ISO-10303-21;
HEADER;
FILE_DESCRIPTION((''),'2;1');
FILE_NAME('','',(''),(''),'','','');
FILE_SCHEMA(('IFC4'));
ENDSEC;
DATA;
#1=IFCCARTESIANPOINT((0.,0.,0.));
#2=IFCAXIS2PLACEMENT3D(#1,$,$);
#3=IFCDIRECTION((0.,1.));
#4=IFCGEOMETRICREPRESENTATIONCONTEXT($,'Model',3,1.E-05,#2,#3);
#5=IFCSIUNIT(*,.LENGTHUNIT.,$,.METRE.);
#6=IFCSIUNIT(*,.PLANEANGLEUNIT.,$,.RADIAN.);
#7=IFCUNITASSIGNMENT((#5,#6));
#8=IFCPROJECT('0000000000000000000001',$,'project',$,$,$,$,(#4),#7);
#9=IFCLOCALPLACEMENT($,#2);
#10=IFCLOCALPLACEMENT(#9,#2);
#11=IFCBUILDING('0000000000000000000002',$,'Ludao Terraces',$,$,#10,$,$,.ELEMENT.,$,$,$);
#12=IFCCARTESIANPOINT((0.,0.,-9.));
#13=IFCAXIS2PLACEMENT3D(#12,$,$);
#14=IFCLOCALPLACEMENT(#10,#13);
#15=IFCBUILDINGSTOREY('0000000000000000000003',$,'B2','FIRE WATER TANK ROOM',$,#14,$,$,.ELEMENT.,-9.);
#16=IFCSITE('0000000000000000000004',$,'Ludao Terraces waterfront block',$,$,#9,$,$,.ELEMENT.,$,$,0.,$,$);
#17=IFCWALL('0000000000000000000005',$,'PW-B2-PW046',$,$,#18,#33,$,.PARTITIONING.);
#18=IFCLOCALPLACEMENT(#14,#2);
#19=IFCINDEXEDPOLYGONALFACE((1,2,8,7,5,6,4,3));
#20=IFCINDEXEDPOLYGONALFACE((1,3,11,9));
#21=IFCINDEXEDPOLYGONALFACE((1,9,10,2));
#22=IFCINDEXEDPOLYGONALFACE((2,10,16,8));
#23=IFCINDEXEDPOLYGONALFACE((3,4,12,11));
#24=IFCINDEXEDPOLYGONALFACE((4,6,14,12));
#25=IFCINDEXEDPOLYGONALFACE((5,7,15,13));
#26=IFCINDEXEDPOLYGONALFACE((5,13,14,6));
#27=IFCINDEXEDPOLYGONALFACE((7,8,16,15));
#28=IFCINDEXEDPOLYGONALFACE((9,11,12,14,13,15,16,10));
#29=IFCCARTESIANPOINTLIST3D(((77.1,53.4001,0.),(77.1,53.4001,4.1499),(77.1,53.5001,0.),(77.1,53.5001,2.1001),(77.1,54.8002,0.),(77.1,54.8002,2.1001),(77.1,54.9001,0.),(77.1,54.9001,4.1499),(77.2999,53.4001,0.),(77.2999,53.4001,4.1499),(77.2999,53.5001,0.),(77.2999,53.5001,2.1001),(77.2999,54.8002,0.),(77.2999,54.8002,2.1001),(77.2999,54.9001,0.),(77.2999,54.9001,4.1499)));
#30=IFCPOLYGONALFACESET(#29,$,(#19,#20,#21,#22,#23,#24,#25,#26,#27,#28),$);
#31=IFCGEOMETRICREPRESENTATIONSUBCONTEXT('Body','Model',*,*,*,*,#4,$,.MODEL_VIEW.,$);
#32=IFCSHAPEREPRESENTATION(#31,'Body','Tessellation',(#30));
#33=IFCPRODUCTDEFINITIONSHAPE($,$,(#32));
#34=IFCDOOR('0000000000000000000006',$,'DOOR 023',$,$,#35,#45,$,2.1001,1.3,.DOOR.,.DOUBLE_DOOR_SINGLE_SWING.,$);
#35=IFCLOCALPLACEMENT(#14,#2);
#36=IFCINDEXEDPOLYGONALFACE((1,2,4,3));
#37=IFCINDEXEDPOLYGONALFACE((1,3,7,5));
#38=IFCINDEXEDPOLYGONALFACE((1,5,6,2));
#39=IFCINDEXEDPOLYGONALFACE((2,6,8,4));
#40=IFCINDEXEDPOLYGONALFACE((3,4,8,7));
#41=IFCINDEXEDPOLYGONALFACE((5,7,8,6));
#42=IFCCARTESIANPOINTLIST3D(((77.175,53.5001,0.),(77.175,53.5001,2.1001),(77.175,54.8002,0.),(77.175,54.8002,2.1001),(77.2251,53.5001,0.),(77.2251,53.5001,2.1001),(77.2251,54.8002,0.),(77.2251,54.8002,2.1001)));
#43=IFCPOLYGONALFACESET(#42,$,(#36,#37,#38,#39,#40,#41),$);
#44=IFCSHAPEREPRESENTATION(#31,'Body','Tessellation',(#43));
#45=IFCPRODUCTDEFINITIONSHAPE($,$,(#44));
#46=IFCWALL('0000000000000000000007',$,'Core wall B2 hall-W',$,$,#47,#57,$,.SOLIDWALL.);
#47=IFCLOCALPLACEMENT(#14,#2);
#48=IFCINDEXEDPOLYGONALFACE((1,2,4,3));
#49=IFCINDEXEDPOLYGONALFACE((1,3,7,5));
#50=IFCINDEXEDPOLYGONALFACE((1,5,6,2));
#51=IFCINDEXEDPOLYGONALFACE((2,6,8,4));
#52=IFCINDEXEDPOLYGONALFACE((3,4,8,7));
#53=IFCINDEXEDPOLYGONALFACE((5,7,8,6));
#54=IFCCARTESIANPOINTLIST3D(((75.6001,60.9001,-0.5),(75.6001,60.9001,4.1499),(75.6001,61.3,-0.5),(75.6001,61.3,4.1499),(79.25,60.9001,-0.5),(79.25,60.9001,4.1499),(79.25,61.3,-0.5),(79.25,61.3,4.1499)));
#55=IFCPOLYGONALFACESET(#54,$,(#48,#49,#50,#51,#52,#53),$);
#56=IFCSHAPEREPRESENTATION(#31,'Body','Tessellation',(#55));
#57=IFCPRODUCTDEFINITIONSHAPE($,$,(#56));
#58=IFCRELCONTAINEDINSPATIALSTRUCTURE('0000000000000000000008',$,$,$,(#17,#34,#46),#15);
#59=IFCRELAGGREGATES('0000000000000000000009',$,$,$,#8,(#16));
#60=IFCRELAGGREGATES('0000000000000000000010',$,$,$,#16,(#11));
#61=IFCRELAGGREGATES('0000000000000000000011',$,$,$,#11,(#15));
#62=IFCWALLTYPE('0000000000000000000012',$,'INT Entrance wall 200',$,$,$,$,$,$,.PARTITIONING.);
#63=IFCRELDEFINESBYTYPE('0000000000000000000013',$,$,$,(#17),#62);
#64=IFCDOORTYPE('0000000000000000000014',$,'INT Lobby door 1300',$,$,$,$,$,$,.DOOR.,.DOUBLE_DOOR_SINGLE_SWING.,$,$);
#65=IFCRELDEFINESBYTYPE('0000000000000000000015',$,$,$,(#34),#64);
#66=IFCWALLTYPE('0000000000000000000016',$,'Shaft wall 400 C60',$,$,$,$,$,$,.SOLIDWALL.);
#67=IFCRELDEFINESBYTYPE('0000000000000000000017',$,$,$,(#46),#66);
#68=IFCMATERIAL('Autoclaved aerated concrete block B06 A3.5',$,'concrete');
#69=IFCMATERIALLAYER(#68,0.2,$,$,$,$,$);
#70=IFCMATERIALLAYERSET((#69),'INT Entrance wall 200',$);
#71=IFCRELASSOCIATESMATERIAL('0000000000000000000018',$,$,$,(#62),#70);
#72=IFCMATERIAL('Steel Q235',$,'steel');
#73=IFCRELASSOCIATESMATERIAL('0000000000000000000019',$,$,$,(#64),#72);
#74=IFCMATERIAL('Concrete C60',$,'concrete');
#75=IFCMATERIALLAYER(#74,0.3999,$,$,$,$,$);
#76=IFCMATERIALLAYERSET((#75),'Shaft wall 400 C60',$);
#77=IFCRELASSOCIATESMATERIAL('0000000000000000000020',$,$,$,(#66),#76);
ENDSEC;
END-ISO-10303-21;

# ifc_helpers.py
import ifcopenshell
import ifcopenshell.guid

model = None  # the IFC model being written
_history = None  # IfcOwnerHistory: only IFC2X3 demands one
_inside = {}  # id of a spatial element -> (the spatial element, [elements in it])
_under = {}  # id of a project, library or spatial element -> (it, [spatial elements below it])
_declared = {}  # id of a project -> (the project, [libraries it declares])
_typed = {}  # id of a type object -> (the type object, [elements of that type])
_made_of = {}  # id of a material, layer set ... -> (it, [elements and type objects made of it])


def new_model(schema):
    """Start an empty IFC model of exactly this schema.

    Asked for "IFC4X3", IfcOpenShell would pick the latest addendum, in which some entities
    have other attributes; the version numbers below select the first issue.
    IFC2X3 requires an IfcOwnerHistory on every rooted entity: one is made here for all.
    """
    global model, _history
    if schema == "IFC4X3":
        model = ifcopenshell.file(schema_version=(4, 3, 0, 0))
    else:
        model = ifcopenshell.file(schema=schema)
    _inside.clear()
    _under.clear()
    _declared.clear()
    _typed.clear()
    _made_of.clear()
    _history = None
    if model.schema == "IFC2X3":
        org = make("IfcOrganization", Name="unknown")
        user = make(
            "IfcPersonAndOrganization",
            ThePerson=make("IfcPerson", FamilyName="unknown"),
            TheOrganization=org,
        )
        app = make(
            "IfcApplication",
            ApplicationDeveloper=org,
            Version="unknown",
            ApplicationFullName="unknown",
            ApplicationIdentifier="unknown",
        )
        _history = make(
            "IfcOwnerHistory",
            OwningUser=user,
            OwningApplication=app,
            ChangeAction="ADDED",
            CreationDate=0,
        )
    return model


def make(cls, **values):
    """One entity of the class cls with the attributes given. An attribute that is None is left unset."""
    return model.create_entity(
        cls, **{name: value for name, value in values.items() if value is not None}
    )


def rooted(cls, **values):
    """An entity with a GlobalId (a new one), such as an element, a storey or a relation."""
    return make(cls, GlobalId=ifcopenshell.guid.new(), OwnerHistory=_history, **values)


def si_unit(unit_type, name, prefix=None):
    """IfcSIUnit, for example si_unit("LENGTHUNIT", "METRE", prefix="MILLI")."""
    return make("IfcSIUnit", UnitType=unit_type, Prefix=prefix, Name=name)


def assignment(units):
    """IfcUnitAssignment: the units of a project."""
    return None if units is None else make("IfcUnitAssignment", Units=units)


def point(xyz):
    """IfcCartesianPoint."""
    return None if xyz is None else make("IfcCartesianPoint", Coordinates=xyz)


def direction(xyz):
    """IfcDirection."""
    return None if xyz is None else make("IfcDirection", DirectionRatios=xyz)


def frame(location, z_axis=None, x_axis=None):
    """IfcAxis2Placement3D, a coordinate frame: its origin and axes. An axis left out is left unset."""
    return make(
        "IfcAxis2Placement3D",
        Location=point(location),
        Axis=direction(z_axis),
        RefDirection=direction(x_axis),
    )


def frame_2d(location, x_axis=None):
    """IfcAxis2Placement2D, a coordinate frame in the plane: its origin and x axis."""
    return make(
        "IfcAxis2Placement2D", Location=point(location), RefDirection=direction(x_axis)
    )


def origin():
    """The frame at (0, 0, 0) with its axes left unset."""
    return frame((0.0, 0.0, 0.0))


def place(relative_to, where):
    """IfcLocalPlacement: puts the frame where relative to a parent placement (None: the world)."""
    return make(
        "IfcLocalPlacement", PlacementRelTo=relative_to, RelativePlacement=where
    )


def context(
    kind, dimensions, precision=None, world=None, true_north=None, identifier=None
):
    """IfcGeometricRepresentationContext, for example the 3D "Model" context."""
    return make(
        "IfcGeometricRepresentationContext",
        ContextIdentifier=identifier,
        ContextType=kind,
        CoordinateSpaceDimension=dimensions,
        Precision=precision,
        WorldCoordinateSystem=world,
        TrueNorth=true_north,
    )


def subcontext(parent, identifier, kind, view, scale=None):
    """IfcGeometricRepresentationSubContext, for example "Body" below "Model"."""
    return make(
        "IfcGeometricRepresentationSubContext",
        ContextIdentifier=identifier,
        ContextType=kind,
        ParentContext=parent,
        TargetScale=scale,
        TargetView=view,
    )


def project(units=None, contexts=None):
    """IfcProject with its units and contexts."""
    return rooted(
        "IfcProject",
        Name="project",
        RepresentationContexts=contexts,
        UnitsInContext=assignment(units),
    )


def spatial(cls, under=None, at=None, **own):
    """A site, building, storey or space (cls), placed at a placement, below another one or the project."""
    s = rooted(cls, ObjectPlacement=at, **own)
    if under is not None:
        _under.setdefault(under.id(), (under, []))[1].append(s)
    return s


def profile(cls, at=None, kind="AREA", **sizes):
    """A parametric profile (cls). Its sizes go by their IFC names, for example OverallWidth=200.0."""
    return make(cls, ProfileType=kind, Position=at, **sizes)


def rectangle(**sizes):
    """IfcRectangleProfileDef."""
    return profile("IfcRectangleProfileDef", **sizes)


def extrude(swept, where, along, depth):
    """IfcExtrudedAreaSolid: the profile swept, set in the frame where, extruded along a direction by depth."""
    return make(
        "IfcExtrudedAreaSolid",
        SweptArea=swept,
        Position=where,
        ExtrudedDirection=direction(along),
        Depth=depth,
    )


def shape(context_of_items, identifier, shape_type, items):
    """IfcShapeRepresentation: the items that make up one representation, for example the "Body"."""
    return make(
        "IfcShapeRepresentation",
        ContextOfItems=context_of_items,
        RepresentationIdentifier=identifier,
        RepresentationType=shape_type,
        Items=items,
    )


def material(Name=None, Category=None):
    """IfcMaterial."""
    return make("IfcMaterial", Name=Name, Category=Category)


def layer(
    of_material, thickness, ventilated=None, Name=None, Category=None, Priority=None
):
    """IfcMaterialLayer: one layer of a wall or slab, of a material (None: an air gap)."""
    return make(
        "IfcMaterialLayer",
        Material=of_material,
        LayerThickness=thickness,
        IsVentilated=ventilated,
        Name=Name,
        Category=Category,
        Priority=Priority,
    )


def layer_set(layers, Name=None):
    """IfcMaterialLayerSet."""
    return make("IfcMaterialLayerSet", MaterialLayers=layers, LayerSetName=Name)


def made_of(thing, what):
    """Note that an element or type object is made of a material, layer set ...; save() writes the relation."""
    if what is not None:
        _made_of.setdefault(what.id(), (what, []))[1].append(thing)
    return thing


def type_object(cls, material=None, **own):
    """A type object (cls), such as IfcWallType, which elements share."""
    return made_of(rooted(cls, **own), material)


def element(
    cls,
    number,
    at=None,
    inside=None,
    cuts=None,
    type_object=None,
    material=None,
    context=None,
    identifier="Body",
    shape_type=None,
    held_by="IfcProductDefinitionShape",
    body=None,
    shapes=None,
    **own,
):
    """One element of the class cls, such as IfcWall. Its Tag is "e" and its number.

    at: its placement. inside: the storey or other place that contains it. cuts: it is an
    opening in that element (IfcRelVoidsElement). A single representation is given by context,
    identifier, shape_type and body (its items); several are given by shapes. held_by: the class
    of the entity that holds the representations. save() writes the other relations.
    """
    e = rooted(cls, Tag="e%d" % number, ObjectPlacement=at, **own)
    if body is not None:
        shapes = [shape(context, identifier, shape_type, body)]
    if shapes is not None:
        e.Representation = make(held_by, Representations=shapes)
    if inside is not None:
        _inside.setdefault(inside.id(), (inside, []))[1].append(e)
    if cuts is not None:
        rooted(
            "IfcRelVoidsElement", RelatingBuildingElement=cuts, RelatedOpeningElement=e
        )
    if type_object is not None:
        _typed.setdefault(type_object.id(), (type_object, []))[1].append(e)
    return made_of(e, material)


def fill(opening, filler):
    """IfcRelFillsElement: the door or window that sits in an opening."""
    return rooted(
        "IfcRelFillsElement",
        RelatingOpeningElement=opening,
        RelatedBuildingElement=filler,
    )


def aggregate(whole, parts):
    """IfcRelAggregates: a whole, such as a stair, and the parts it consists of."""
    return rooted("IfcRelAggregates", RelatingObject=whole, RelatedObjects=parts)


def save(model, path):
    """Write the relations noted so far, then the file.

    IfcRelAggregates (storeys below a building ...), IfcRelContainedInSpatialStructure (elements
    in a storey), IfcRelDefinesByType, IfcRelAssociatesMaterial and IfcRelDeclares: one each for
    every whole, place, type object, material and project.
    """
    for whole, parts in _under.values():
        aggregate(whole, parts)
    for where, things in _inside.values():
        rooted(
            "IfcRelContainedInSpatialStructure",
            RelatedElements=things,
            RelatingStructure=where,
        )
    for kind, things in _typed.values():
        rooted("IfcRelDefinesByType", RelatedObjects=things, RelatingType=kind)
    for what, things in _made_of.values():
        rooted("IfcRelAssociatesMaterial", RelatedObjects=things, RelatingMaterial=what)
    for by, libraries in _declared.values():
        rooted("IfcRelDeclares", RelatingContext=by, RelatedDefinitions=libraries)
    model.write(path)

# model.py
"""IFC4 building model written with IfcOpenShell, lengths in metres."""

from ifc_helpers import new_model, si_unit, direction, frame, frame_2d, origin, place, context, subcontext, project, spatial, rectangle, extrude, material, layer, layer_set, type_object, element, fill, save


model = new_model("IFC4")

# Units and contexts
model_context = context("Model", 3, precision=1e-05, world=origin(), true_north=direction((0.0, 1.0)))
body_context = subcontext(model_context, "Body", "Model", "MODEL_VIEW")
ifc_project = project(units=[si_unit("LENGTHUNIT", "METRE"), si_unit("PLANEANGLEUNIT", "RADIAN")], contexts=[model_context])

# Site, building, storey
site_placement = place(None, origin())
site = spatial("IfcSite", under=ifc_project, at=site_placement, Name="Ludao Terraces waterfront block", CompositionType="ELEMENT", RefElevation=0.0)
building_placement = place(site_placement, origin())
building = spatial("IfcBuilding", under=site, at=building_placement, Name="Ludao Terraces", CompositionType="ELEMENT")
storey_placement = place(building_placement, frame((0.0, 0.0, -9.0)))
storey = spatial("IfcBuildingStorey", under=building, at=storey_placement, Name="B2", Description="FIRE WATER TANK ROOM", CompositionType="ELEMENT", Elevation=-9.0)

# Shared definitions
ifc_material_1 = material(Name="Concrete C60", Category="concrete")

# Shared definitions
ifc_material_2 = material(Name="Steel Q235", Category="steel")

# Shared definitions
ifc_material_3 = material(Name="Autoclaved aerated concrete block B06 A3.5", Category="concrete")
ifc_layer_1 = layer(ifc_material_3, 0.2)
ifc_layer_set_1 = layer_set([ifc_layer_1], Name="INT Entrance wall 200")
wall_type_1 = type_object("IfcWallType", Name="INT Entrance wall 200", PredefinedType="PARTITIONING", material=ifc_layer_set_1)

# Wall, opening, door
wall_1_placement = place(storey_placement, frame((77.2, 53.4001, 0.0), z_axis=(0.0, 0.0, 1.0), x_axis=(0.0, 1.0, 0.0)))
wall_1 = element("IfcWall", 1, at=wall_1_placement, inside=storey, type_object=wall_type_1, Name="PW-B2-PW046", PredefinedType="PARTITIONING", context=body_context, shape_type="SweptSolid", body=[
    extrude(rectangle(XDim=1.5, YDim=0.2, at=frame_2d((0.75, 0.0))), origin(), (0.0, 0.0, 1.0), 4.1499),
])
opening_1_placement = place(wall_1_placement, frame((0.1001, 0.0, 0.0)))
opening_1 = element("IfcOpeningElement", 2, at=opening_1_placement, cuts=wall_1, PredefinedType="OPENING", context=body_context, shape_type="SweptSolid", body=[
    extrude(rectangle(XDim=1.3, YDim=2.1001, at=frame_2d((0.6499, 1.05))), frame((0.0, 0.1099, 0.0), z_axis=(0.0, -1.0, 0.0), x_axis=(1.0, 0.0, 0.0)), (0.0, 0.0, 1.0), 0.22),
])
door_type_1 = type_object("IfcDoorType", Name="INT Lobby door 1300", OperationType="DOUBLE_DOOR_SINGLE_SWING", PredefinedType="DOOR", material=ifc_material_2)
door_1_placement = place(opening_1_placement, origin())
door_1 = element("IfcDoor", 3, at=door_1_placement, inside=storey, type_object=door_type_1, Name="DOOR 023", OperationType="DOUBLE_DOOR_SINGLE_SWING", OverallHeight=2.1001, OverallWidth=1.3, PredefinedType="DOOR", context=body_context, shape_type="SweptSolid", body=[
    extrude(rectangle(XDim=1.3, YDim=2.1001, at=frame_2d((0.6499, 1.05))), frame((0.0, 0.0249, 0.0), z_axis=(0.0, -1.0, 0.0), x_axis=(1.0, 0.0, 0.0)), (0.0, 0.0, 1.0), 0.05),
])
fill(opening_1, door_1)

# Wall
ifc_layer_2 = layer(ifc_material_1, 0.3999)
ifc_layer_set_2 = layer_set([ifc_layer_2], Name="Shaft wall 400 C60")
wall_type_2 = type_object("IfcWallType", Name="Shaft wall 400 C60", PredefinedType="SOLIDWALL", material=ifc_layer_set_2)
wall_2_placement = place(storey_placement, frame((75.6001, 61.1001, -0.5), z_axis=(0.0, 0.0, 1.0), x_axis=(1.0, 0.0, 0.0)))
element("IfcWall", 4, at=wall_2_placement, inside=storey, type_object=wall_type_2, Name="Core wall B2 hall-W", PredefinedType="SOLIDWALL", context=body_context, shape_type="SweptSolid", body=[
    extrude(rectangle(XDim=3.6499, YDim=0.3999, at=frame_2d((1.825, 0.0))), origin(), (0.0, 0.0, 1.0), 4.6499),
])

save(model, "model.ifc")
